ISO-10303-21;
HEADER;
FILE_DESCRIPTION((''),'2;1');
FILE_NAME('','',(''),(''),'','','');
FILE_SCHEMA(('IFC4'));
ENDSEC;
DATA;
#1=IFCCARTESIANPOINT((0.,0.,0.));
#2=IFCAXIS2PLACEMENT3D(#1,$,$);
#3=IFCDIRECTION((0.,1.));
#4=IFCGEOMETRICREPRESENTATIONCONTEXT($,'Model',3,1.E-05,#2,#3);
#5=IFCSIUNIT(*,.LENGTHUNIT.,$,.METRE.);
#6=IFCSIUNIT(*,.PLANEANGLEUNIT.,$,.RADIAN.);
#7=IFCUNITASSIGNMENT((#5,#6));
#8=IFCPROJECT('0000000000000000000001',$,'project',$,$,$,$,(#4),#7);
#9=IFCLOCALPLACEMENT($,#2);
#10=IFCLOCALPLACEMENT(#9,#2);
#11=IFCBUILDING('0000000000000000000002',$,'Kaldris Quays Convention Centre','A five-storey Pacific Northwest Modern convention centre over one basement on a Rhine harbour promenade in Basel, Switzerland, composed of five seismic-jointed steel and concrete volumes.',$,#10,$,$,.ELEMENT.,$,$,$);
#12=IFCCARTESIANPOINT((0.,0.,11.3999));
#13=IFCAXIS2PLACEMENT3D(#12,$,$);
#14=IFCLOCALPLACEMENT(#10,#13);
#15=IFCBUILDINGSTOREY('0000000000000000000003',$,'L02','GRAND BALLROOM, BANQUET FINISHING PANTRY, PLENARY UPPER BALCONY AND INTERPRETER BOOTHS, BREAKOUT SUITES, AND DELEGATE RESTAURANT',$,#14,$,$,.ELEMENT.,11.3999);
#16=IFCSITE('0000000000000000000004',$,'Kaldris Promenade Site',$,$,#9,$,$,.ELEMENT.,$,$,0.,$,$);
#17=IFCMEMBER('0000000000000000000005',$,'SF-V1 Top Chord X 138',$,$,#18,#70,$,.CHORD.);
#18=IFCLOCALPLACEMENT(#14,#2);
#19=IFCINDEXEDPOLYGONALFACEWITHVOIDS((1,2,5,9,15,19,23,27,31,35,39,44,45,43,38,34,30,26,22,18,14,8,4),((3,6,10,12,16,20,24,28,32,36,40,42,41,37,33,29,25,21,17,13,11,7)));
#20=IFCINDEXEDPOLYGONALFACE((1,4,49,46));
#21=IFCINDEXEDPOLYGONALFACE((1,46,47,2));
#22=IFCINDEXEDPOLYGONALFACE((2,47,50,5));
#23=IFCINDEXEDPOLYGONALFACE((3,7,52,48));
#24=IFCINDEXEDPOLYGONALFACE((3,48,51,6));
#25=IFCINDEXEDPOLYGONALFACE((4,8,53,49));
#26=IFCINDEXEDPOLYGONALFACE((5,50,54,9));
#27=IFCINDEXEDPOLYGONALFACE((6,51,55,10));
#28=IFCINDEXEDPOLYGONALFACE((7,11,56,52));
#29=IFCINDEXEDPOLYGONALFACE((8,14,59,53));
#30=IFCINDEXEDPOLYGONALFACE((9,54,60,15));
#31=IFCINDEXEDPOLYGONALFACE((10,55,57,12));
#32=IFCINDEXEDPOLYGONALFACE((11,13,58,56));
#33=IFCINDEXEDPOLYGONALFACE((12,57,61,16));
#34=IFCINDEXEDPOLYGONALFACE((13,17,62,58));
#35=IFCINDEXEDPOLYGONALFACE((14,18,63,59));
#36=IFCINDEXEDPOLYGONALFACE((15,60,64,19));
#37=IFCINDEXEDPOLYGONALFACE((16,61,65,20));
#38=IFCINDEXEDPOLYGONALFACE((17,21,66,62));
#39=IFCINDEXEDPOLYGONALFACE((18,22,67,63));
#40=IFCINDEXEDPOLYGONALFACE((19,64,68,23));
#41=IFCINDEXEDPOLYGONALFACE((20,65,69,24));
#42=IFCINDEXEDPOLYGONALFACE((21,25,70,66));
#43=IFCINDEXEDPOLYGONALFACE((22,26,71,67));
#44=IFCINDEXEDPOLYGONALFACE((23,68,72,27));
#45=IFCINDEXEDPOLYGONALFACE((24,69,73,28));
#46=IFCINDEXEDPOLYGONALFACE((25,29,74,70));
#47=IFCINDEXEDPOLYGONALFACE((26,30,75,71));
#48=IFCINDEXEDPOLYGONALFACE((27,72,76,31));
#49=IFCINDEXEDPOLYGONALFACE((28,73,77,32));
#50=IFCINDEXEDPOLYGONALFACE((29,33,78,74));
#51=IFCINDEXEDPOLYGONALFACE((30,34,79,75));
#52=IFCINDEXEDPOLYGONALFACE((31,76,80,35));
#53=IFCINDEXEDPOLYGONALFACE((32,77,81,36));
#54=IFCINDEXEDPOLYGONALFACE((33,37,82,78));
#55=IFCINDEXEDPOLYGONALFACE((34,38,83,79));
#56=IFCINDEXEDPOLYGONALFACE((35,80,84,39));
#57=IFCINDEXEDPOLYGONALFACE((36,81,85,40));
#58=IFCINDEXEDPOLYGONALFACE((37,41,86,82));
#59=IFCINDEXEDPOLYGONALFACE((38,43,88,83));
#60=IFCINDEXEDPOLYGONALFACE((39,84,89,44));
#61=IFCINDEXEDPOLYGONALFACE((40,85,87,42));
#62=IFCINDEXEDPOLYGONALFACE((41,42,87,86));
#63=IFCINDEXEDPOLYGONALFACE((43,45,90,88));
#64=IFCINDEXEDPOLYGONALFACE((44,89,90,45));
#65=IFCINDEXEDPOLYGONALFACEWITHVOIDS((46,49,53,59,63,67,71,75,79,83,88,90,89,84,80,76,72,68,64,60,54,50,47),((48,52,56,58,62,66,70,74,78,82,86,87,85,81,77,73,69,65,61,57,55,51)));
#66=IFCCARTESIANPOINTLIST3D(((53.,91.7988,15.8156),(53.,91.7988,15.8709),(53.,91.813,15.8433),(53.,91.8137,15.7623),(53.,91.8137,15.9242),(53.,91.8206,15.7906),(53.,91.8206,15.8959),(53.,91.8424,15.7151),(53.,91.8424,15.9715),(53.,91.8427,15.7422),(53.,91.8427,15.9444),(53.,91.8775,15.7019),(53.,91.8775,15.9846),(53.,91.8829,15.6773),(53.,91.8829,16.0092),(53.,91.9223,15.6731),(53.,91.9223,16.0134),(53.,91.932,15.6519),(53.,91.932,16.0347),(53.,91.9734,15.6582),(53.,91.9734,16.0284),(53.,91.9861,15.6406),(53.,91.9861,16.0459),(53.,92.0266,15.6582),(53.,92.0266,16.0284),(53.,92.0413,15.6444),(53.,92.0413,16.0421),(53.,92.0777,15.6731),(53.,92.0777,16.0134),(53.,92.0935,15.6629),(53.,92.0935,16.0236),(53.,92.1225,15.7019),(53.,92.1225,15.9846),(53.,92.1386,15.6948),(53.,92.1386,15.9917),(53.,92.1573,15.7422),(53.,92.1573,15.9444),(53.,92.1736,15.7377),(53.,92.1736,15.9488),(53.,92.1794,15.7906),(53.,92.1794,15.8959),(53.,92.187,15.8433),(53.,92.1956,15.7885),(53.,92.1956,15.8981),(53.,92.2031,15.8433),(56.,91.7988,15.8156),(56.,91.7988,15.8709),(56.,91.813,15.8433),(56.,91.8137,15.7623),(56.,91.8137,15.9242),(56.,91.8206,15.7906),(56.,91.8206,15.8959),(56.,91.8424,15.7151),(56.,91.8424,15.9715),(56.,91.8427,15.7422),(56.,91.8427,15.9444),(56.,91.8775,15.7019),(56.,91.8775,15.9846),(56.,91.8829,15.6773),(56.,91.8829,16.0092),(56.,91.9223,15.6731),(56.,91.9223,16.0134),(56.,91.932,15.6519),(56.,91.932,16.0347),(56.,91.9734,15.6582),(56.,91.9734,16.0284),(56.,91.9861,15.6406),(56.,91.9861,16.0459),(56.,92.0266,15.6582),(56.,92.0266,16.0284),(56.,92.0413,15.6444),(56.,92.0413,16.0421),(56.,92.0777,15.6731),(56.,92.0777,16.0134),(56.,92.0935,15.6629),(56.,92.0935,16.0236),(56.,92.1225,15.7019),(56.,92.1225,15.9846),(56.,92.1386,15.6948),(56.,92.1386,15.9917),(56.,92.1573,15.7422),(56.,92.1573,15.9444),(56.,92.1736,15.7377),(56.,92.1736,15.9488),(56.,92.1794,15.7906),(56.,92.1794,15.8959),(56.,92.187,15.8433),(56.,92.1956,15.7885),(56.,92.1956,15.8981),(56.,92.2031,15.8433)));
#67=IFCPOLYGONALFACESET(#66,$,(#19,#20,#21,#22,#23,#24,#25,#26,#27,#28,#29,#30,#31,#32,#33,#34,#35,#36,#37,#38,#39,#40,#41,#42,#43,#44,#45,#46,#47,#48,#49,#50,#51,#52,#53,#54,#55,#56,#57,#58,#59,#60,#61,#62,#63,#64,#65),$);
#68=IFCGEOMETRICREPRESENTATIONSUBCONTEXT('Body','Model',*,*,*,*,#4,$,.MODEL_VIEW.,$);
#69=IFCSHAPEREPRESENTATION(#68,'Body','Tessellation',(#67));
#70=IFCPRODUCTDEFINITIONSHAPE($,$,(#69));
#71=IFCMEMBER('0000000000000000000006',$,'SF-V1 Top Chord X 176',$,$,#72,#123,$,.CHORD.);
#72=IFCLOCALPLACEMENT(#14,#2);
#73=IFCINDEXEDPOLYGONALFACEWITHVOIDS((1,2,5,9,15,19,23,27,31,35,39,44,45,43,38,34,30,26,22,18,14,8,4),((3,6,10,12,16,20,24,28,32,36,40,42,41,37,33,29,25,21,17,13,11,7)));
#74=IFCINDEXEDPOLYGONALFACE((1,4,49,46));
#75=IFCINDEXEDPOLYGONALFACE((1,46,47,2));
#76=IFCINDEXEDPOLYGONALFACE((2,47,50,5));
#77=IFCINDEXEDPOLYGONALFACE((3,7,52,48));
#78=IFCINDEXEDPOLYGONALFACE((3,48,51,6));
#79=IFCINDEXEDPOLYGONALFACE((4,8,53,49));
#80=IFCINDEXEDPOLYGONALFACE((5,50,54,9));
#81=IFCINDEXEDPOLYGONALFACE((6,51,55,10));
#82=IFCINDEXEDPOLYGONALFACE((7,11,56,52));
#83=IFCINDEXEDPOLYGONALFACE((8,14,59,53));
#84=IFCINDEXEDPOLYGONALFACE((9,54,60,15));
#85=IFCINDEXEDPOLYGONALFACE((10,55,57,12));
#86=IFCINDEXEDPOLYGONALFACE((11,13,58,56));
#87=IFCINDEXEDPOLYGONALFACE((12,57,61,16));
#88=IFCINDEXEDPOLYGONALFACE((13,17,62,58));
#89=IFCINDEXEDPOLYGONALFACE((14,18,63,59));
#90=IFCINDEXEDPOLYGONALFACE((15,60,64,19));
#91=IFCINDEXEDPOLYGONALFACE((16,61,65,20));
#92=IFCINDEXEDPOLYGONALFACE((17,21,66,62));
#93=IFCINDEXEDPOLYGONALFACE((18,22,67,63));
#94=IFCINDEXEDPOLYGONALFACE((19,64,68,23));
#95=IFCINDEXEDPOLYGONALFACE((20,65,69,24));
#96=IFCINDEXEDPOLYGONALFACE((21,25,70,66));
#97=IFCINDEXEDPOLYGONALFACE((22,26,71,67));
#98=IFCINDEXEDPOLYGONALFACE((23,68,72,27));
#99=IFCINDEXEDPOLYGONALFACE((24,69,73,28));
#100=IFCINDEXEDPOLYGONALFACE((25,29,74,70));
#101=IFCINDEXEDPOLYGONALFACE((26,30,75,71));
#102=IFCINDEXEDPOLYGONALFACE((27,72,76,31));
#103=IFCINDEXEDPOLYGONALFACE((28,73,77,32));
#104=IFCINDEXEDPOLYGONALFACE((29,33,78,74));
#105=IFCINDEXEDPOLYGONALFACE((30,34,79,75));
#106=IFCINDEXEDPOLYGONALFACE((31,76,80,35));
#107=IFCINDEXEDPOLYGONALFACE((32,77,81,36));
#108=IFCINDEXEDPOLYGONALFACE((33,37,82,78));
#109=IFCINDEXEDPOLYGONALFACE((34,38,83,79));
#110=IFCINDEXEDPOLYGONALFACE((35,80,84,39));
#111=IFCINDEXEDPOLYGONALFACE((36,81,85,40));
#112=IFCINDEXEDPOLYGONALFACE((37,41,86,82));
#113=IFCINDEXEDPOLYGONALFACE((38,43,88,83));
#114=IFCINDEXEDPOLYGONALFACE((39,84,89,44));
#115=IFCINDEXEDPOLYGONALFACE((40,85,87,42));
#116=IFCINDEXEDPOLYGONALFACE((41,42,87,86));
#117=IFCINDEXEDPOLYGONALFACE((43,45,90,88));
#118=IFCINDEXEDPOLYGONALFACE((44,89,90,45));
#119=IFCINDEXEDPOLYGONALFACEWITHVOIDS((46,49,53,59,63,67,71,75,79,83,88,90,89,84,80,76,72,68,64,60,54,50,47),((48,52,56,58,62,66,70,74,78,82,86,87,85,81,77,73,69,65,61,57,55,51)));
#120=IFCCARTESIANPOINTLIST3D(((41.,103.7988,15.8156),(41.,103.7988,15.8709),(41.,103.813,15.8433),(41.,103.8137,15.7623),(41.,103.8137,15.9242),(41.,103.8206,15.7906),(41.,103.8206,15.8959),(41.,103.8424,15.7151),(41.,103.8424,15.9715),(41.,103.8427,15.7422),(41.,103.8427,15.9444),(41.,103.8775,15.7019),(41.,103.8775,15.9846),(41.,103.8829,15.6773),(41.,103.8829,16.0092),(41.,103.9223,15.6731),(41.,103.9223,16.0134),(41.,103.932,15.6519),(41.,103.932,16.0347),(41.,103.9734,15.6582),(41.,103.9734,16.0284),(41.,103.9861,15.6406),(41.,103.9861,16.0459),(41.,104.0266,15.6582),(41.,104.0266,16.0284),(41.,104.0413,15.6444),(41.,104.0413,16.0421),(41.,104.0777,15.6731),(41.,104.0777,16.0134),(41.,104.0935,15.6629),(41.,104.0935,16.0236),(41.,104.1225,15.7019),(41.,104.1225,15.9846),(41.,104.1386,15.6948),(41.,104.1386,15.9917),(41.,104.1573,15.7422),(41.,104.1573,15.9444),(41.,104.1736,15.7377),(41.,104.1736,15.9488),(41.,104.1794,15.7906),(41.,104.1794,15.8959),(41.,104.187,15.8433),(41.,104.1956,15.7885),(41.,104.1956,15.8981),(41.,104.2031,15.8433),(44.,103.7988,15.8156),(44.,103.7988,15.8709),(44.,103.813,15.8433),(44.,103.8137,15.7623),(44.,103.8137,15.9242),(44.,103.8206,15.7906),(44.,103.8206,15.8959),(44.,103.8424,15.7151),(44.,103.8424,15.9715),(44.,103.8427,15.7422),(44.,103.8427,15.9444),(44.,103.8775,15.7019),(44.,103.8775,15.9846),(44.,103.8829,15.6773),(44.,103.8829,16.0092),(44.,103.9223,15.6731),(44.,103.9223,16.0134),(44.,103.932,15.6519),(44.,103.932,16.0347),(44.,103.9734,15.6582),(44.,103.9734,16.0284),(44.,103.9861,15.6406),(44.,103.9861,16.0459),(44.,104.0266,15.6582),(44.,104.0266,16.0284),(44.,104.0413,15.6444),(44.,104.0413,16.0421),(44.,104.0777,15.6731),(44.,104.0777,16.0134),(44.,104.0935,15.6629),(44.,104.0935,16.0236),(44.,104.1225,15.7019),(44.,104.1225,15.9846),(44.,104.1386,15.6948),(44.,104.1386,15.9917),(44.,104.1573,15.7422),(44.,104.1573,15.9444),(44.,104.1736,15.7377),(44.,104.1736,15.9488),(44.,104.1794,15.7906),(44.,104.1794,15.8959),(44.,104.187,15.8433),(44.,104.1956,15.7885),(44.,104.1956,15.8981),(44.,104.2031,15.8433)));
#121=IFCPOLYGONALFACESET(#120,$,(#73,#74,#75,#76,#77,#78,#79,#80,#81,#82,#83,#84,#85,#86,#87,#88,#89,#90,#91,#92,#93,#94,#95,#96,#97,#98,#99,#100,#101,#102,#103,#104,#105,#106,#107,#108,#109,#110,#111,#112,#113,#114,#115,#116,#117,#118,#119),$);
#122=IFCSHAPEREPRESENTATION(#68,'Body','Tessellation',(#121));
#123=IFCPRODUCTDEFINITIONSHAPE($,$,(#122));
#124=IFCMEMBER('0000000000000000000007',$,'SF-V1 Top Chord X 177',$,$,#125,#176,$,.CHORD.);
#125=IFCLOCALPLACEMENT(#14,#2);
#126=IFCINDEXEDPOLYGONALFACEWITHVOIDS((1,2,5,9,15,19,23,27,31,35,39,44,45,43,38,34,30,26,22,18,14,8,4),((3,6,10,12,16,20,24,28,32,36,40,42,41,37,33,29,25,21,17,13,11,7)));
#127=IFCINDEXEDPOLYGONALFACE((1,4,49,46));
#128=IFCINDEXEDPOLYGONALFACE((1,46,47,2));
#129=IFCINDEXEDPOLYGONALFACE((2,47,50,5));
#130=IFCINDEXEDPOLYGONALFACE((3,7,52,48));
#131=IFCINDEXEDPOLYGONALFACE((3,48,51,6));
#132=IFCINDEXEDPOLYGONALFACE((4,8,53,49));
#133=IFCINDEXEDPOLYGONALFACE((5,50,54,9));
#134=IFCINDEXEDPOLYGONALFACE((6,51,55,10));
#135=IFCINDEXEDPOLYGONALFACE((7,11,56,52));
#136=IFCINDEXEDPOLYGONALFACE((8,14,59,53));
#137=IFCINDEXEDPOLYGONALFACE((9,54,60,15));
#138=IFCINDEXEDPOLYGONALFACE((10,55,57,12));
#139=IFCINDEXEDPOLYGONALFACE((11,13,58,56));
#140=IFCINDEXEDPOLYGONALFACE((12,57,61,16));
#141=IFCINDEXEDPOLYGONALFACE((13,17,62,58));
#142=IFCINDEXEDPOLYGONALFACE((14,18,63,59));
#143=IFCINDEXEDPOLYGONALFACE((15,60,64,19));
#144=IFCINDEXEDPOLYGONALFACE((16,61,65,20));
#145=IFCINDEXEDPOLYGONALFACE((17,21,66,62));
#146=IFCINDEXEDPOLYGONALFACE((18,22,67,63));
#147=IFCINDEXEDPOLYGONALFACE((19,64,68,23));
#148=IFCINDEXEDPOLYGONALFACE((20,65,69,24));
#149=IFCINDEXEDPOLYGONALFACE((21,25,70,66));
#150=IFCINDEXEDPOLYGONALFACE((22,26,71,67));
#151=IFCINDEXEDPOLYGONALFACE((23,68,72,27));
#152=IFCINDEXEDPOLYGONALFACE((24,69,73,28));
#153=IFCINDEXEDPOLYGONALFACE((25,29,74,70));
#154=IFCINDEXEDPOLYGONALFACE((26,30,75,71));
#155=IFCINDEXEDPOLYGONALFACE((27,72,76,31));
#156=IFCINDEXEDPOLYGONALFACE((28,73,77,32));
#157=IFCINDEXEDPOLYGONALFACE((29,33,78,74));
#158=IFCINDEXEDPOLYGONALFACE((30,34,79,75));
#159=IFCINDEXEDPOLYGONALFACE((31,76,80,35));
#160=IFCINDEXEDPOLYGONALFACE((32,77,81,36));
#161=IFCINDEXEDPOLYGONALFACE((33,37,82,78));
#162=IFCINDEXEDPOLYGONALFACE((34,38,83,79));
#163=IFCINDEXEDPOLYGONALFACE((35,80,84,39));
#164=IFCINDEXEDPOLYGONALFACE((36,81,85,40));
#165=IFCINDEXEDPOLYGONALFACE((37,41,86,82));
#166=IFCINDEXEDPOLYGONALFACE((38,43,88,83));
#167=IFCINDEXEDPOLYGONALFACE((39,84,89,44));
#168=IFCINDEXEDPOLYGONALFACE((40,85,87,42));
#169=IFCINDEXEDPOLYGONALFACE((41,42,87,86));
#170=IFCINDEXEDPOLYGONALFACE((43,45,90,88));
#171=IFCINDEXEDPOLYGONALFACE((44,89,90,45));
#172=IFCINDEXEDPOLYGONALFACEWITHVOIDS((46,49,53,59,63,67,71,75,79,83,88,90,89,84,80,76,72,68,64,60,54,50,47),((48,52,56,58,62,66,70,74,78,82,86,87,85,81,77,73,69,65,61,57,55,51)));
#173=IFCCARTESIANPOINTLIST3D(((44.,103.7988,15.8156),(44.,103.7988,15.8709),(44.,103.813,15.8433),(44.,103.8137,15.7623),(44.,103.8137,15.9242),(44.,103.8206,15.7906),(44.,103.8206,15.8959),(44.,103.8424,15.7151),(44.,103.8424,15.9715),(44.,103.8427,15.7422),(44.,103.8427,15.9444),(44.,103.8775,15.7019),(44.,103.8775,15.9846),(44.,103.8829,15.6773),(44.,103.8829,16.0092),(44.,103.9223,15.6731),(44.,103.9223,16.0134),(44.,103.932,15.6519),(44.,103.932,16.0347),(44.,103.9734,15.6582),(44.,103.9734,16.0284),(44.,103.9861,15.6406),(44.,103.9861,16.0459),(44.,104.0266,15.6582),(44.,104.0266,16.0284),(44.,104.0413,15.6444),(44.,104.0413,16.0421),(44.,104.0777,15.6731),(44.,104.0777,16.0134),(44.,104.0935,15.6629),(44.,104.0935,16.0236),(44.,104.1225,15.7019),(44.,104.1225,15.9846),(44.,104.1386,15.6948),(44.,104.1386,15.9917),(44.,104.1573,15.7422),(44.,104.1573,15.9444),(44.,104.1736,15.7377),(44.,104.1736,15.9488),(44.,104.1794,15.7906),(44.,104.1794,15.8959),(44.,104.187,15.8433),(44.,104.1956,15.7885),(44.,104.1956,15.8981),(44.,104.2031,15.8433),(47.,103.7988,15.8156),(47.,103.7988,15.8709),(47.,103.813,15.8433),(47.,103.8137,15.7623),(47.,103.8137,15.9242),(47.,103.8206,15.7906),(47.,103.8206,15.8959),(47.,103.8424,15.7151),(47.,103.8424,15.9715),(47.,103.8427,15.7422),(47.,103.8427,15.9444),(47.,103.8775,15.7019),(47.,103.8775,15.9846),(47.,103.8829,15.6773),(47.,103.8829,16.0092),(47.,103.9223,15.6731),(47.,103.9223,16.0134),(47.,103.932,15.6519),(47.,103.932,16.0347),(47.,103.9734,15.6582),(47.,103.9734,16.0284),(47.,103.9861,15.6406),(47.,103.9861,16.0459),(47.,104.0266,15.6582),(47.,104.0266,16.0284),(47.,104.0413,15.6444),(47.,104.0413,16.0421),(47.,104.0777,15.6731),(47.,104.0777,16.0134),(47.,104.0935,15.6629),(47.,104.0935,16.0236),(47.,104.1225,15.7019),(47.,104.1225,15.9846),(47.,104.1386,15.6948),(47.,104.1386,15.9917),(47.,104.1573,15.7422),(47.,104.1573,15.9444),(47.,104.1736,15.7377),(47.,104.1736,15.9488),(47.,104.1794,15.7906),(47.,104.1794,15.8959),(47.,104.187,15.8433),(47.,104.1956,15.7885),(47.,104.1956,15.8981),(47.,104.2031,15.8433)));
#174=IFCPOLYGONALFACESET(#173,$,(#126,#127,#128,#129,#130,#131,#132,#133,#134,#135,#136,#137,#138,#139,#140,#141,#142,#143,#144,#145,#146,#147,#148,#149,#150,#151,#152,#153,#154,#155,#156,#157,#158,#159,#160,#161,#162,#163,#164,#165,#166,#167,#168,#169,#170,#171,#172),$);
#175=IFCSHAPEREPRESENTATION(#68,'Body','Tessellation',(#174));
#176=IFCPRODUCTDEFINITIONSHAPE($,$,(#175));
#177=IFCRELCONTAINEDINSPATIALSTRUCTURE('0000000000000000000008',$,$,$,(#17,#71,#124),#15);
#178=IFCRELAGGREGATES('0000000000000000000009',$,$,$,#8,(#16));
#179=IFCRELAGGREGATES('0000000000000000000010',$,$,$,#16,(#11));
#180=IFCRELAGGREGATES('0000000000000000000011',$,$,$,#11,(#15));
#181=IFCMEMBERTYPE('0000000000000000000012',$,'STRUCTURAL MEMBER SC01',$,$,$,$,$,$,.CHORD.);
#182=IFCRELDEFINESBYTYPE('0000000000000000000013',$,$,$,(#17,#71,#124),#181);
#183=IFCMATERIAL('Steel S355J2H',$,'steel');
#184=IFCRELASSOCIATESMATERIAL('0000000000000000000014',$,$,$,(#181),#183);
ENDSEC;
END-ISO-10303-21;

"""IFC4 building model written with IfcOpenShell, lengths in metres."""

from ifc_helpers import new_model, si_unit, direction, frame, origin, origin_2d, place, context, subcontext, project, spatial, hollow_circle, extrude, material, material_profile, profile_set, type_object, element, save


model = new_model("IFC4")

# Units and contexts
model_context = context("Model", 3, precision=1e-05, world=origin(), true_north=direction((0.0, 1.0)))
body_context = subcontext(model_context, "Body", "Model", "MODEL_VIEW")
ifc_project = project(units=[si_unit("LENGTHUNIT", "METRE"), si_unit("PLANEANGLEUNIT", "RADIAN")], contexts=[model_context])

# Site, building, storey
site_placement = place(None, origin())
site = spatial("IfcSite", under=ifc_project, at=site_placement, Name="Kaldris Promenade Site", CompositionType="ELEMENT", RefElevation=0.0)
building_placement = place(site_placement, origin())
building = spatial("IfcBuilding", under=site, at=building_placement, Name="Kaldris Quays Convention Centre", Description="A five-storey Pacific Northwest Modern convention centre over one basement on a Rhine harbour promenade in Basel, Switzerland, composed of five seismic-jointed steel and concrete volumes.", CompositionType="ELEMENT")
storey_placement = place(building_placement, frame((0.0, 0.0, 11.3999)))
storey = spatial("IfcBuildingStorey", under=building, at=storey_placement, Name="L02", Description="GRAND BALLROOM, BANQUET FINISHING PANTRY, PLENARY UPPER BALCONY AND INTERPRETER BOOTHS, BREAKOUT SUITES, AND DELEGATE RESTAURANT", CompositionType="ELEMENT", Elevation=11.3999)

# Members
ifc_material = material(Name="Steel S355J2H", Category="steel")
ifc_material_profile_1 = material_profile(ifc_material, hollow_circle(Radius=0.2031, WallThickness=0.0161, at=origin_2d()), Name="CHS 406.4x16")
ifc_profile_set_1 = profile_set([ifc_material_profile_1], Name="Steel S355J2H")
member_type_1 = type_object("IfcMemberType", Name="STRUCTURAL MEMBER SC01", PredefinedType="CHORD", material=ifc_profile_set_1)
for number, where, z_axis, x_axis, name in (
    (1, (53.0, 92.0, 15.8433), (1.0, 0.0, 0.0), (0.0, 1.0, 0.0), "SF-V1 Top Chord X 138"),
    (2, (41.0, 104.0, 15.8433), (1.0, 0.0, 0.0), (0.0, 1.0, 0.0), "SF-V1 Top Chord X 176"),
    (3, (44.0, 104.0, 15.8433), (1.0, 0.0, 0.0), (0.0, 1.0, 0.0), "SF-V1 Top Chord X 177"),
):
    element("IfcMember", number, at=place(storey_placement, frame(where, z_axis=z_axis, x_axis=x_axis)), inside=storey, type_object=member_type_1, Name=name, PredefinedType="CHORD", context=body_context, shape_type="SweptSolid", body=[
        extrude(hollow_circle(Radius=0.2031, WallThickness=0.0161, at=origin_2d()), origin(), (0.0, 0.0, 1.0), 3.0),
    ])

save(model, "model.ifc")
